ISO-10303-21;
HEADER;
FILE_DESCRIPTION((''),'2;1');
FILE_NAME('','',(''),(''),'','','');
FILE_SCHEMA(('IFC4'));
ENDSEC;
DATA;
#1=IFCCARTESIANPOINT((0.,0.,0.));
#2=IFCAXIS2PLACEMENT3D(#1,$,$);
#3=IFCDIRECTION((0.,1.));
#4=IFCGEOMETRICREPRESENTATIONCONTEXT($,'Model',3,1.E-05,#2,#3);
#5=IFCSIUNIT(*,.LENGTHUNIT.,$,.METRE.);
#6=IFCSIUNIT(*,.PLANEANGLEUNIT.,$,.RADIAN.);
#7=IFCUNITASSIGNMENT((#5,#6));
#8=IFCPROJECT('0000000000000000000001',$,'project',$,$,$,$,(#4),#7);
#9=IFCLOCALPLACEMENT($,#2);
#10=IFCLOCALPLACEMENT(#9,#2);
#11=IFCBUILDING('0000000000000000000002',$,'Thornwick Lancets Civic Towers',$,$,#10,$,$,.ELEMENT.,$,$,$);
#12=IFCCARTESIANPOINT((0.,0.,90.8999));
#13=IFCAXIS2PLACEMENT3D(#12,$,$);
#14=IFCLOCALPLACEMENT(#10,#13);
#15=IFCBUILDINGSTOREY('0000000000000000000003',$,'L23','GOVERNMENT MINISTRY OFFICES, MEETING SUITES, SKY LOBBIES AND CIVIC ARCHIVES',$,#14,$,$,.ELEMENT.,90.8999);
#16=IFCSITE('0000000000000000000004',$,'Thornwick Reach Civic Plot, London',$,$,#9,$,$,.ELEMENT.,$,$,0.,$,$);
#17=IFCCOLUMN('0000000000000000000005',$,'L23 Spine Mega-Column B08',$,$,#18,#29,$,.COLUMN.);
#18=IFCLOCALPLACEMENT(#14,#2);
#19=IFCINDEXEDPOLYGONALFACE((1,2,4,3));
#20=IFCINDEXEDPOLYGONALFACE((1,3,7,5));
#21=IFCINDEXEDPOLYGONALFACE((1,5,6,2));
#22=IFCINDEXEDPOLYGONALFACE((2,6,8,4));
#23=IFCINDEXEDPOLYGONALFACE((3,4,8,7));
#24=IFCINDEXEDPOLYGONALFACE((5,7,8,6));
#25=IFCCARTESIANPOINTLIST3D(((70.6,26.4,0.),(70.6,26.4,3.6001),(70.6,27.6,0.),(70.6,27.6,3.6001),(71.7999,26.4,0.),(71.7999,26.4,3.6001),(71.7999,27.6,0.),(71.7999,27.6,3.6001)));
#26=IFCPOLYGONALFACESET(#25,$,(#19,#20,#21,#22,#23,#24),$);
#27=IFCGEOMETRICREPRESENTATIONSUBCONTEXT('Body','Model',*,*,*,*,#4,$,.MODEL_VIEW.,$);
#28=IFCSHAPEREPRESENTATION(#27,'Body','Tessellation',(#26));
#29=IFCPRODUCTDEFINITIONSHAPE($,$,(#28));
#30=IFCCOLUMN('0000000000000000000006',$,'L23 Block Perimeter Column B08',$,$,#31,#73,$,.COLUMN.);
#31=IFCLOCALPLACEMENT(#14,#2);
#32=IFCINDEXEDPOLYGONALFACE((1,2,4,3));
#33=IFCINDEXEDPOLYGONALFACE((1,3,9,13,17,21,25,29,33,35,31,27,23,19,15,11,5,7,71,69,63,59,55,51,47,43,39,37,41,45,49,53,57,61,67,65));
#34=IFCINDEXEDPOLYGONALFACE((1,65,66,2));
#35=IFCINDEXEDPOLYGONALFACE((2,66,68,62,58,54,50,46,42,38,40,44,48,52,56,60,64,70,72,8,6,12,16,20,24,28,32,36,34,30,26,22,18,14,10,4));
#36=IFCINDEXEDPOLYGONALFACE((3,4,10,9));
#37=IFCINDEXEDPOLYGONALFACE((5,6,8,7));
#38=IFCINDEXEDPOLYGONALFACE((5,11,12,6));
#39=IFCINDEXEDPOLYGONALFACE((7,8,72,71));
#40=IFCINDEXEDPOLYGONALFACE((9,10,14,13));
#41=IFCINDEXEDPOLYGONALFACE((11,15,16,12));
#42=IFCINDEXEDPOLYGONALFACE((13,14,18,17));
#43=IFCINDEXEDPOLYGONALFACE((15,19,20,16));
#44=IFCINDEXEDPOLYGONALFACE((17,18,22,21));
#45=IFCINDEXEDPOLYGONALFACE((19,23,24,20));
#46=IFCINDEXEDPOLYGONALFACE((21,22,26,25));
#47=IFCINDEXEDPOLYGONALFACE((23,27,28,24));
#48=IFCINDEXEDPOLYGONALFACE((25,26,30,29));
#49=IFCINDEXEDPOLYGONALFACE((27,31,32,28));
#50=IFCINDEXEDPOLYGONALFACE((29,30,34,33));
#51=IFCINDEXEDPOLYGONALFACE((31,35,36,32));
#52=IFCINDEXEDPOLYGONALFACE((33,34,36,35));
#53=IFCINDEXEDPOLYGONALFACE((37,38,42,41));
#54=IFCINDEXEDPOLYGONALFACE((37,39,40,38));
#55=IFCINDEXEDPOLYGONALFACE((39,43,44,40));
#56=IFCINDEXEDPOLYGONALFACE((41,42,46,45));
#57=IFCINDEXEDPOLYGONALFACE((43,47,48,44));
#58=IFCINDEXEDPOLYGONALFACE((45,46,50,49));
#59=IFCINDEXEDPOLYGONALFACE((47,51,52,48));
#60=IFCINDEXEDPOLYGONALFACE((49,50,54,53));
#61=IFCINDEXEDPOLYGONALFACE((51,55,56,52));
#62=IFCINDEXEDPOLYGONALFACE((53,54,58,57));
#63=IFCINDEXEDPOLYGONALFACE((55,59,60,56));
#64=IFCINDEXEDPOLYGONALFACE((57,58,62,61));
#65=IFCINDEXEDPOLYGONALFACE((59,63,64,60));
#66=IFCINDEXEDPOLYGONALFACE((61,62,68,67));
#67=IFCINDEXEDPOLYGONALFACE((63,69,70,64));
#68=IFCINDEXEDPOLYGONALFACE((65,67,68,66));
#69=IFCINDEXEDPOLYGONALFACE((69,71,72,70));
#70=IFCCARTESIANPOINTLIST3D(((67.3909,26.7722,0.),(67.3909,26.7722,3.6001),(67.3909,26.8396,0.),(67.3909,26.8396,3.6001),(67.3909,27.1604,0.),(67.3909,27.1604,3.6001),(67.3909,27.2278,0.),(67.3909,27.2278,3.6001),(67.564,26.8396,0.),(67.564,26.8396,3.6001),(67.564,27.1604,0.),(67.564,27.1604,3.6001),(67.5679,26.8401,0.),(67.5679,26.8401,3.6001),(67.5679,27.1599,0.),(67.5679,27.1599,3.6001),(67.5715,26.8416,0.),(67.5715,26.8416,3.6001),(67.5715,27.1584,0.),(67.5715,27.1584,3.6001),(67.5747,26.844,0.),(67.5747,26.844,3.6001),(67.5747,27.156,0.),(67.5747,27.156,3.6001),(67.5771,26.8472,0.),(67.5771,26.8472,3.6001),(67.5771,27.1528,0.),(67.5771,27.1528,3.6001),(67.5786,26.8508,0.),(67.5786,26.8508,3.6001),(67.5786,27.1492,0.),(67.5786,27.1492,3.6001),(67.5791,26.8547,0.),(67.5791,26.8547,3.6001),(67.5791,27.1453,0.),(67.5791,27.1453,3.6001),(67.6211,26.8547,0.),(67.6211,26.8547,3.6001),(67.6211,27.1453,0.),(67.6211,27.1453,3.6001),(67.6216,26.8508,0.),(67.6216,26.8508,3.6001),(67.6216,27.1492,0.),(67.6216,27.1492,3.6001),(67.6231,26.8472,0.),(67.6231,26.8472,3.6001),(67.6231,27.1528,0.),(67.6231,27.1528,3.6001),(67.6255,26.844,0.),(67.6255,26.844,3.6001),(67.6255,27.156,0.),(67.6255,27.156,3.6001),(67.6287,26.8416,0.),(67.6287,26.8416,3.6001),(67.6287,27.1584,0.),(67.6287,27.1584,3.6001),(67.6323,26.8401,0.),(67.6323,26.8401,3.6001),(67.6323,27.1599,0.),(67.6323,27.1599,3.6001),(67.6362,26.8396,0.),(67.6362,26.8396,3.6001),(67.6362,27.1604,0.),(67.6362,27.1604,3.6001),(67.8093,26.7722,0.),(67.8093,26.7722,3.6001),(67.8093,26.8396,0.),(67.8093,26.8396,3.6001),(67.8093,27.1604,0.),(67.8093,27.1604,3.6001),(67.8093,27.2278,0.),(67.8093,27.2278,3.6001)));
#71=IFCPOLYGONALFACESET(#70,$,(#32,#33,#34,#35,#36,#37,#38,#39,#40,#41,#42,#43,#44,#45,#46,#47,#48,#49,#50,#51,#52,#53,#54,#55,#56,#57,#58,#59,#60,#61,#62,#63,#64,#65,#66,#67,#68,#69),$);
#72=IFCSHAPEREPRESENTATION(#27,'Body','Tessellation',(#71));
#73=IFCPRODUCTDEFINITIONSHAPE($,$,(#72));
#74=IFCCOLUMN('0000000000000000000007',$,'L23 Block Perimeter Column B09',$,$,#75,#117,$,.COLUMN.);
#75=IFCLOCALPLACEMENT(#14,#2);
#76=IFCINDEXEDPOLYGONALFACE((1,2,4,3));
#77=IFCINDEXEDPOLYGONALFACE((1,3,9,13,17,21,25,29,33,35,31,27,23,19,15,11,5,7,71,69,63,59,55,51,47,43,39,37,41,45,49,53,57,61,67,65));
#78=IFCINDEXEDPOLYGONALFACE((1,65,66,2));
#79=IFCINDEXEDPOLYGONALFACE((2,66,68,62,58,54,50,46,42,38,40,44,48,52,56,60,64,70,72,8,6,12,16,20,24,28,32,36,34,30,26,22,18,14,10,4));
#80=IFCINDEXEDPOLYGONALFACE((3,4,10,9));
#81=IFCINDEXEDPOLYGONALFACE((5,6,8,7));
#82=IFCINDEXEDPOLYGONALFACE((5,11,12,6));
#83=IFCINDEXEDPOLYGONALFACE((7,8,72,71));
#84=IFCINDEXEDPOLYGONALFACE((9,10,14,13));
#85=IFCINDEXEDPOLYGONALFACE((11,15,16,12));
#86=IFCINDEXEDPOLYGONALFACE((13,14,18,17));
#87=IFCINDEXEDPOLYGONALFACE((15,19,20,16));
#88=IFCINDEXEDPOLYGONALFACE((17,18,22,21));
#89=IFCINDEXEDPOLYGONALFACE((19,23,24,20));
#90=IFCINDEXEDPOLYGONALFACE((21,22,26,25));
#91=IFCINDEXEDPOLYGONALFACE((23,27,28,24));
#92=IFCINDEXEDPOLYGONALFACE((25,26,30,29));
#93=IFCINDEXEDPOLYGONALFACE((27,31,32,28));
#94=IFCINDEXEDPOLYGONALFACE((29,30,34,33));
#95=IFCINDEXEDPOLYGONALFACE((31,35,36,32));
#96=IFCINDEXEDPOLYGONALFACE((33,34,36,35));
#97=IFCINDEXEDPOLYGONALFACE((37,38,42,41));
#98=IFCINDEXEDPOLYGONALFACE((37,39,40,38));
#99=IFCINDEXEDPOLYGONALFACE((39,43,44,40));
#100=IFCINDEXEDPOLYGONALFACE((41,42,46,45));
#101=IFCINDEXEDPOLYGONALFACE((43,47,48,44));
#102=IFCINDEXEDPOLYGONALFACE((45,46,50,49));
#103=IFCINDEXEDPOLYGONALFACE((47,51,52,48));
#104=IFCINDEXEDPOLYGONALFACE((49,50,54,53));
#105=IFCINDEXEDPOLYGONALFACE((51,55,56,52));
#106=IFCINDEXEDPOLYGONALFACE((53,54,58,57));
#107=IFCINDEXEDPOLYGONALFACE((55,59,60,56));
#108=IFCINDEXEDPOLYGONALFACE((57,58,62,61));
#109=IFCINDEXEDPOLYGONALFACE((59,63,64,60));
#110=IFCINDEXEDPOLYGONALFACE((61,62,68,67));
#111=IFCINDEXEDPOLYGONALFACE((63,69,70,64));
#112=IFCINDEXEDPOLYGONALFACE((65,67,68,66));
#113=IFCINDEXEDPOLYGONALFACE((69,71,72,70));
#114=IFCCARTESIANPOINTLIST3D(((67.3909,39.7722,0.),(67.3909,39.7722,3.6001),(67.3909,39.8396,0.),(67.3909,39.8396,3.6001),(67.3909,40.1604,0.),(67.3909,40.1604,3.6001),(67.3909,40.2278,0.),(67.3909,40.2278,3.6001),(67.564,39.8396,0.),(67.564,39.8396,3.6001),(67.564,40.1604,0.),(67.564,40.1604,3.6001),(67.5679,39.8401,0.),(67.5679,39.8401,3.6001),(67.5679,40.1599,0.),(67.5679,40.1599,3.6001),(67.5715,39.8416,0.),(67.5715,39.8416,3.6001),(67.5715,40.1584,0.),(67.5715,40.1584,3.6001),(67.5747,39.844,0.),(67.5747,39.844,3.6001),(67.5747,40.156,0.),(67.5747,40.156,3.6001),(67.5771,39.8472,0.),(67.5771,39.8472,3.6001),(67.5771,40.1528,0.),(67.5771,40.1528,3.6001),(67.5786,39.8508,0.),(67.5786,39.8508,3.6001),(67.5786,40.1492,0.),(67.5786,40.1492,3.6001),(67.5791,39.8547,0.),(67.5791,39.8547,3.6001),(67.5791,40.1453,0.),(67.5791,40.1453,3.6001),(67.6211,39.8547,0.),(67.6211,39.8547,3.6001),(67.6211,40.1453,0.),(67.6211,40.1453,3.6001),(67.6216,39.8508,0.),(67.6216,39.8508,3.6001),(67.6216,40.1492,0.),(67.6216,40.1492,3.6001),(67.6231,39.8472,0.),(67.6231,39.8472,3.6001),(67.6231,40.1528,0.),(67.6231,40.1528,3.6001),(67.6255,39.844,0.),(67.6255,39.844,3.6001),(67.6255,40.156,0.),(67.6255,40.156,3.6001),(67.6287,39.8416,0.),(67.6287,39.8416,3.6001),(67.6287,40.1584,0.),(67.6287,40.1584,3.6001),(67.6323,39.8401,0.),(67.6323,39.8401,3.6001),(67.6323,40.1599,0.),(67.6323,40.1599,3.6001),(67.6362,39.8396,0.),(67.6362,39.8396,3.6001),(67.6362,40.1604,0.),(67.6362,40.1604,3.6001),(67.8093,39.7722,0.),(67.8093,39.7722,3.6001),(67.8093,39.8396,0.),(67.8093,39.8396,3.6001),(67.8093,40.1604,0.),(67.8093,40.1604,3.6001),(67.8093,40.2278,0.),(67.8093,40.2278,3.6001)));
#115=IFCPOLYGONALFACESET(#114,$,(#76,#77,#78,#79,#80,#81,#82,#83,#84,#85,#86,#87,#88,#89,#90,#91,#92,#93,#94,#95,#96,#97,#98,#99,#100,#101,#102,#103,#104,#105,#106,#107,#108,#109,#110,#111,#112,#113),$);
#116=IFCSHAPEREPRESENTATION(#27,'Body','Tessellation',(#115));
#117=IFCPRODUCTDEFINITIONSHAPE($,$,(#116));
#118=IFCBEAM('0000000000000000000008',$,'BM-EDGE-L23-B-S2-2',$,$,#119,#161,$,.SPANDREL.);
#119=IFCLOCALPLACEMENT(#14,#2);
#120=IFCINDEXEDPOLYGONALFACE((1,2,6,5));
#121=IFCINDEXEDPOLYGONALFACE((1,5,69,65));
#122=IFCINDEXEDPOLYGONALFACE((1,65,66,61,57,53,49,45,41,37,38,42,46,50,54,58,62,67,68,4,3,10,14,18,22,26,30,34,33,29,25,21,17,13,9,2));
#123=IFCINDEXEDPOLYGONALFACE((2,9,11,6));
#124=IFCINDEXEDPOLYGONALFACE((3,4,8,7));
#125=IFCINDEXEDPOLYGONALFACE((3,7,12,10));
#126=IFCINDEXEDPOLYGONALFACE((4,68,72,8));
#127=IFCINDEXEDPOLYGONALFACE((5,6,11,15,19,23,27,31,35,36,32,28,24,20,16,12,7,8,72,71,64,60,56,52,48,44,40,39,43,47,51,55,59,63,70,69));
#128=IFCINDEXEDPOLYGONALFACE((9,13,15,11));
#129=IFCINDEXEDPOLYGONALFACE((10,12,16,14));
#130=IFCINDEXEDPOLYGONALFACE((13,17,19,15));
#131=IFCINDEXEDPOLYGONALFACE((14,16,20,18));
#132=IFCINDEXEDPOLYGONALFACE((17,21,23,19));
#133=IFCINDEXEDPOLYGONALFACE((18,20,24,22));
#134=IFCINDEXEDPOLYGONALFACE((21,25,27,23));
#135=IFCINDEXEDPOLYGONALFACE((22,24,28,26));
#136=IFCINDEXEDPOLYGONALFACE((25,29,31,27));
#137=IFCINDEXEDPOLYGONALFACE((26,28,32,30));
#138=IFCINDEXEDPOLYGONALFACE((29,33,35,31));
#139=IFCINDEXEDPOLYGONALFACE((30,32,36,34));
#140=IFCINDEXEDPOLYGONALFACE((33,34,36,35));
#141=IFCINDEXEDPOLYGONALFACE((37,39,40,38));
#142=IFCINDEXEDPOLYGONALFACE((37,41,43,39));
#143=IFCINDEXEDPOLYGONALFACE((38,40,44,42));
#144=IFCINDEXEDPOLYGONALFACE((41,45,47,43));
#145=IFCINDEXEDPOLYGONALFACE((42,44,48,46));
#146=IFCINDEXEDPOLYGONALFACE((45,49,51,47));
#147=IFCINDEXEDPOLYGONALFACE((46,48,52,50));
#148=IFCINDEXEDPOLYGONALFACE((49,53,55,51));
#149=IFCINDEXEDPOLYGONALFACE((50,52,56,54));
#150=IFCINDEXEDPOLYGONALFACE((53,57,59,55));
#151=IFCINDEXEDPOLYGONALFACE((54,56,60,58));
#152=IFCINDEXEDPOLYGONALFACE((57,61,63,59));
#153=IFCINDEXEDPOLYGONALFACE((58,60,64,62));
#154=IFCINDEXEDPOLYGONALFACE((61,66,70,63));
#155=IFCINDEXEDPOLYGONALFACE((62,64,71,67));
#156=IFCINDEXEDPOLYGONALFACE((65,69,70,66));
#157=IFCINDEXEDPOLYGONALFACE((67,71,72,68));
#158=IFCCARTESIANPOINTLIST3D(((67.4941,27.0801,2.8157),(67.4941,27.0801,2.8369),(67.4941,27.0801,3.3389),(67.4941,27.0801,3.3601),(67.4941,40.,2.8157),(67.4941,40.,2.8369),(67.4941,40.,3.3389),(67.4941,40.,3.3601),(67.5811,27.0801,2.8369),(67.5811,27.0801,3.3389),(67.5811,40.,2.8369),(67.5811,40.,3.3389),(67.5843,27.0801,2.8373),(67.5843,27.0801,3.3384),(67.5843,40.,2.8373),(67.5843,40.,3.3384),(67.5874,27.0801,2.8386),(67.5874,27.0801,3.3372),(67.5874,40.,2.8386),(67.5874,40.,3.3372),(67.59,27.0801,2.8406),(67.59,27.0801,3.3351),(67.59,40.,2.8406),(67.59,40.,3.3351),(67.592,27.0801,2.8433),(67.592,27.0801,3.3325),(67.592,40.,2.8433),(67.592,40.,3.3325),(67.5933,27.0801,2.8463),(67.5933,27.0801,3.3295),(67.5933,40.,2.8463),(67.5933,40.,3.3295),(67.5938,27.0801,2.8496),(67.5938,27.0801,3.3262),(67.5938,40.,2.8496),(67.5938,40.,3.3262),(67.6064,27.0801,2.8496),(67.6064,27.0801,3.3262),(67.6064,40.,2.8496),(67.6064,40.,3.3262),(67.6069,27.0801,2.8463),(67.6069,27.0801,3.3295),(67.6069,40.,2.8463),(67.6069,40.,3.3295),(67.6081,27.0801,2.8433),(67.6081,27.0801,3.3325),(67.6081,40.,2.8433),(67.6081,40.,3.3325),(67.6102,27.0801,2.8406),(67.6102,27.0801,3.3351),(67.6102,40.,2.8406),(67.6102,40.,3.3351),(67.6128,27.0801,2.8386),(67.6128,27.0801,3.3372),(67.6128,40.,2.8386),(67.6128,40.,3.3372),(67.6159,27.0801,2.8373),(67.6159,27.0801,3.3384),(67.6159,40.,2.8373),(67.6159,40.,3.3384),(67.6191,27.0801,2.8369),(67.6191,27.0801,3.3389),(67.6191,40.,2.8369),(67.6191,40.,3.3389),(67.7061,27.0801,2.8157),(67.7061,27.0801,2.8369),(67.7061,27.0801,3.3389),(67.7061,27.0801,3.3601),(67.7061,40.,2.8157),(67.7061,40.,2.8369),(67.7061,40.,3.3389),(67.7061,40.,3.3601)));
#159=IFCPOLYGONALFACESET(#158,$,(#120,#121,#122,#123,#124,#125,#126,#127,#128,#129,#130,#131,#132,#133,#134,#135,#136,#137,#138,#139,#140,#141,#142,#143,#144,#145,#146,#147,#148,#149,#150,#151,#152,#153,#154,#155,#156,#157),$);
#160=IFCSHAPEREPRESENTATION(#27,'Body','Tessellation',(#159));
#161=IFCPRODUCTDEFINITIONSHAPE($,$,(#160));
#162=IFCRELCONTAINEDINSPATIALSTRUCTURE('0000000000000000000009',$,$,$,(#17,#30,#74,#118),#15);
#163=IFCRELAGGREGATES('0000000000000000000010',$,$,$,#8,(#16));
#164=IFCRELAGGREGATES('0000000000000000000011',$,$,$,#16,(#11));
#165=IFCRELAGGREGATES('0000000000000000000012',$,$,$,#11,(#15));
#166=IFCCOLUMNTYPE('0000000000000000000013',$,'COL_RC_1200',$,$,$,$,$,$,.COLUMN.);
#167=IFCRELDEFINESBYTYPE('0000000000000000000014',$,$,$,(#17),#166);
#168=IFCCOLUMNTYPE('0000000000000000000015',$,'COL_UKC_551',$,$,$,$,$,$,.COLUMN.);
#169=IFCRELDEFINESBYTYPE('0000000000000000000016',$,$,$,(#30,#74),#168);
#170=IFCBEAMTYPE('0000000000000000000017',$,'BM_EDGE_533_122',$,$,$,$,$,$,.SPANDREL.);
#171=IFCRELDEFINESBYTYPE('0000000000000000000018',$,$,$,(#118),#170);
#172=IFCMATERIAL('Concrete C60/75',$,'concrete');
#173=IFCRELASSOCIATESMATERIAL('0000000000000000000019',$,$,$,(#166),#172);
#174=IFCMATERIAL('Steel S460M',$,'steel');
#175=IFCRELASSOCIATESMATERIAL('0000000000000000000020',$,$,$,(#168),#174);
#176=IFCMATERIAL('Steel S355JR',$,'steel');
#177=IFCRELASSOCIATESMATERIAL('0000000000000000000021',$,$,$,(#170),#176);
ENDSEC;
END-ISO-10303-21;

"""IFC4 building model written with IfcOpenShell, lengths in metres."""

from ifc_helpers import new_model, si_unit, direction, frame, origin, origin_2d, place, context, subcontext, project, spatial, rectangle, i_section, extrude, material, material_profile, profile_set, type_object, element, save


model = new_model("IFC4")

# Units and contexts
model_context = context("Model", 3, precision=1e-05, world=origin(), true_north=direction((0.0, 1.0)))
body_context = subcontext(model_context, "Body", "Model", "MODEL_VIEW")
ifc_project = project(units=[si_unit("LENGTHUNIT", "METRE"), si_unit("PLANEANGLEUNIT", "RADIAN")], contexts=[model_context])

# Site, building, storey
site_placement = place(None, origin())
site = spatial("IfcSite", under=ifc_project, at=site_placement, Name="Thornwick Reach Civic Plot, London", CompositionType="ELEMENT", RefElevation=0.0)
building_placement = place(site_placement, origin())
building = spatial("IfcBuilding", under=site, at=building_placement, Name="Thornwick Lancets Civic Towers", CompositionType="ELEMENT")
storey_placement = place(building_placement, frame((0.0, 0.0, 90.8999)))
storey = spatial("IfcBuildingStorey", under=building, at=storey_placement, Name="L23", Description="GOVERNMENT MINISTRY OFFICES, MEETING SUITES, SKY LOBBIES AND CIVIC ARCHIVES", CompositionType="ELEMENT", Elevation=90.8999)

# Columns
ifc_material_1 = material(Name="Concrete C60/75", Category="concrete")
ifc_material_profile_1 = material_profile(ifc_material_1, rectangle(XDim=1.2, YDim=1.2, at=origin_2d()), Name="RC 1200x1200")
ifc_profile_set_1 = profile_set([ifc_material_profile_1], Name="Concrete C60/75")
column_type_1 = type_object("IfcColumnType", Name="COL_RC_1200", PredefinedType="COLUMN", material=ifc_profile_set_1)
column_placement = place(storey_placement, frame((71.2, 27.0, 0.0), z_axis=(0.0, 0.0, 1.0), x_axis=(1.0, 0.0, 0.0)))
element("IfcColumn", 1, at=column_placement, inside=storey, type_object=column_type_1, Name="L23 Spine Mega-Column B08", PredefinedType="COLUMN", context=body_context, shape_type="SweptSolid", body=[
    extrude(rectangle(XDim=1.2, YDim=1.2, at=origin_2d()), origin(), (0.0, 0.0, 1.0), 3.6001),
])
ifc_material_2 = material(Name="Steel S460M", Category="steel")
ifc_material_profile_2 = material_profile(ifc_material_2, i_section(OverallWidth=0.4185, OverallDepth=0.4556, WebThickness=0.042, FlangeThickness=0.0674, FilletRadius=0.0151, at=origin_2d()), Name="UKC 356x406x551")
ifc_profile_set_2 = profile_set([ifc_material_profile_2], Name="Steel S460M")
column_type_2 = type_object("IfcColumnType", Name="COL_UKC_551", PredefinedType="COLUMN", material=ifc_profile_set_2)
for number, where, z_axis, x_axis, name in (
    (2, (67.6001, 27.0, 0.0), (0.0, 0.0, 1.0), (1.0, 0.0, 0.0), "L23 Block Perimeter Column B08"),
    (3, (67.6001, 40.0, 0.0), (0.0, 0.0, 1.0), (1.0, 0.0, 0.0), "L23 Block Perimeter Column B09"),
):
    element("IfcColumn", number, at=place(storey_placement, frame(where, z_axis=z_axis, x_axis=x_axis)), inside=storey, type_object=column_type_2, Name=name, PredefinedType="COLUMN", context=body_context, shape_type="SweptSolid", body=[
        extrude(i_section(OverallWidth=0.4185, OverallDepth=0.4556, WebThickness=0.042, FlangeThickness=0.0674, FilletRadius=0.0151, at=origin_2d()), origin(), (0.0, 0.0, 1.0), 3.6001),
    ])

# Beam
ifc_material_3 = material(Name="Steel S355JR", Category="steel")
ifc_material_profile_3 = material_profile(ifc_material_3, i_section(OverallWidth=0.2119, OverallDepth=0.5444, WebThickness=0.0127, FlangeThickness=0.0212, FilletRadius=0.0127, at=origin_2d()), Name="UKB 533x210x122")
ifc_profile_set_3 = profile_set([ifc_material_profile_3], Name="Steel S355JR")
beam_type_1 = type_object("IfcBeamType", Name="BM_EDGE_533_122", PredefinedType="SPANDREL", material=ifc_profile_set_3)
beam_1_placement = place(storey_placement, frame((67.6001, 27.0801, 3.0879), z_axis=(0.0, 1.0, 0.0), x_axis=(-1.0, 0.0, 0.0)))
element("IfcBeam", 4, at=beam_1_placement, inside=storey, type_object=beam_type_1, Name="BM-EDGE-L23-B-S2-2", PredefinedType="SPANDREL", context=body_context, shape_type="SweptSolid", body=[
    extrude(i_section(OverallWidth=0.2119, OverallDepth=0.5444, WebThickness=0.0127, FlangeThickness=0.0212, FilletRadius=0.0127, at=origin_2d()), origin(), (0.0, 0.0, 1.0), 12.9199),
])

save(model, "model.ifc")
